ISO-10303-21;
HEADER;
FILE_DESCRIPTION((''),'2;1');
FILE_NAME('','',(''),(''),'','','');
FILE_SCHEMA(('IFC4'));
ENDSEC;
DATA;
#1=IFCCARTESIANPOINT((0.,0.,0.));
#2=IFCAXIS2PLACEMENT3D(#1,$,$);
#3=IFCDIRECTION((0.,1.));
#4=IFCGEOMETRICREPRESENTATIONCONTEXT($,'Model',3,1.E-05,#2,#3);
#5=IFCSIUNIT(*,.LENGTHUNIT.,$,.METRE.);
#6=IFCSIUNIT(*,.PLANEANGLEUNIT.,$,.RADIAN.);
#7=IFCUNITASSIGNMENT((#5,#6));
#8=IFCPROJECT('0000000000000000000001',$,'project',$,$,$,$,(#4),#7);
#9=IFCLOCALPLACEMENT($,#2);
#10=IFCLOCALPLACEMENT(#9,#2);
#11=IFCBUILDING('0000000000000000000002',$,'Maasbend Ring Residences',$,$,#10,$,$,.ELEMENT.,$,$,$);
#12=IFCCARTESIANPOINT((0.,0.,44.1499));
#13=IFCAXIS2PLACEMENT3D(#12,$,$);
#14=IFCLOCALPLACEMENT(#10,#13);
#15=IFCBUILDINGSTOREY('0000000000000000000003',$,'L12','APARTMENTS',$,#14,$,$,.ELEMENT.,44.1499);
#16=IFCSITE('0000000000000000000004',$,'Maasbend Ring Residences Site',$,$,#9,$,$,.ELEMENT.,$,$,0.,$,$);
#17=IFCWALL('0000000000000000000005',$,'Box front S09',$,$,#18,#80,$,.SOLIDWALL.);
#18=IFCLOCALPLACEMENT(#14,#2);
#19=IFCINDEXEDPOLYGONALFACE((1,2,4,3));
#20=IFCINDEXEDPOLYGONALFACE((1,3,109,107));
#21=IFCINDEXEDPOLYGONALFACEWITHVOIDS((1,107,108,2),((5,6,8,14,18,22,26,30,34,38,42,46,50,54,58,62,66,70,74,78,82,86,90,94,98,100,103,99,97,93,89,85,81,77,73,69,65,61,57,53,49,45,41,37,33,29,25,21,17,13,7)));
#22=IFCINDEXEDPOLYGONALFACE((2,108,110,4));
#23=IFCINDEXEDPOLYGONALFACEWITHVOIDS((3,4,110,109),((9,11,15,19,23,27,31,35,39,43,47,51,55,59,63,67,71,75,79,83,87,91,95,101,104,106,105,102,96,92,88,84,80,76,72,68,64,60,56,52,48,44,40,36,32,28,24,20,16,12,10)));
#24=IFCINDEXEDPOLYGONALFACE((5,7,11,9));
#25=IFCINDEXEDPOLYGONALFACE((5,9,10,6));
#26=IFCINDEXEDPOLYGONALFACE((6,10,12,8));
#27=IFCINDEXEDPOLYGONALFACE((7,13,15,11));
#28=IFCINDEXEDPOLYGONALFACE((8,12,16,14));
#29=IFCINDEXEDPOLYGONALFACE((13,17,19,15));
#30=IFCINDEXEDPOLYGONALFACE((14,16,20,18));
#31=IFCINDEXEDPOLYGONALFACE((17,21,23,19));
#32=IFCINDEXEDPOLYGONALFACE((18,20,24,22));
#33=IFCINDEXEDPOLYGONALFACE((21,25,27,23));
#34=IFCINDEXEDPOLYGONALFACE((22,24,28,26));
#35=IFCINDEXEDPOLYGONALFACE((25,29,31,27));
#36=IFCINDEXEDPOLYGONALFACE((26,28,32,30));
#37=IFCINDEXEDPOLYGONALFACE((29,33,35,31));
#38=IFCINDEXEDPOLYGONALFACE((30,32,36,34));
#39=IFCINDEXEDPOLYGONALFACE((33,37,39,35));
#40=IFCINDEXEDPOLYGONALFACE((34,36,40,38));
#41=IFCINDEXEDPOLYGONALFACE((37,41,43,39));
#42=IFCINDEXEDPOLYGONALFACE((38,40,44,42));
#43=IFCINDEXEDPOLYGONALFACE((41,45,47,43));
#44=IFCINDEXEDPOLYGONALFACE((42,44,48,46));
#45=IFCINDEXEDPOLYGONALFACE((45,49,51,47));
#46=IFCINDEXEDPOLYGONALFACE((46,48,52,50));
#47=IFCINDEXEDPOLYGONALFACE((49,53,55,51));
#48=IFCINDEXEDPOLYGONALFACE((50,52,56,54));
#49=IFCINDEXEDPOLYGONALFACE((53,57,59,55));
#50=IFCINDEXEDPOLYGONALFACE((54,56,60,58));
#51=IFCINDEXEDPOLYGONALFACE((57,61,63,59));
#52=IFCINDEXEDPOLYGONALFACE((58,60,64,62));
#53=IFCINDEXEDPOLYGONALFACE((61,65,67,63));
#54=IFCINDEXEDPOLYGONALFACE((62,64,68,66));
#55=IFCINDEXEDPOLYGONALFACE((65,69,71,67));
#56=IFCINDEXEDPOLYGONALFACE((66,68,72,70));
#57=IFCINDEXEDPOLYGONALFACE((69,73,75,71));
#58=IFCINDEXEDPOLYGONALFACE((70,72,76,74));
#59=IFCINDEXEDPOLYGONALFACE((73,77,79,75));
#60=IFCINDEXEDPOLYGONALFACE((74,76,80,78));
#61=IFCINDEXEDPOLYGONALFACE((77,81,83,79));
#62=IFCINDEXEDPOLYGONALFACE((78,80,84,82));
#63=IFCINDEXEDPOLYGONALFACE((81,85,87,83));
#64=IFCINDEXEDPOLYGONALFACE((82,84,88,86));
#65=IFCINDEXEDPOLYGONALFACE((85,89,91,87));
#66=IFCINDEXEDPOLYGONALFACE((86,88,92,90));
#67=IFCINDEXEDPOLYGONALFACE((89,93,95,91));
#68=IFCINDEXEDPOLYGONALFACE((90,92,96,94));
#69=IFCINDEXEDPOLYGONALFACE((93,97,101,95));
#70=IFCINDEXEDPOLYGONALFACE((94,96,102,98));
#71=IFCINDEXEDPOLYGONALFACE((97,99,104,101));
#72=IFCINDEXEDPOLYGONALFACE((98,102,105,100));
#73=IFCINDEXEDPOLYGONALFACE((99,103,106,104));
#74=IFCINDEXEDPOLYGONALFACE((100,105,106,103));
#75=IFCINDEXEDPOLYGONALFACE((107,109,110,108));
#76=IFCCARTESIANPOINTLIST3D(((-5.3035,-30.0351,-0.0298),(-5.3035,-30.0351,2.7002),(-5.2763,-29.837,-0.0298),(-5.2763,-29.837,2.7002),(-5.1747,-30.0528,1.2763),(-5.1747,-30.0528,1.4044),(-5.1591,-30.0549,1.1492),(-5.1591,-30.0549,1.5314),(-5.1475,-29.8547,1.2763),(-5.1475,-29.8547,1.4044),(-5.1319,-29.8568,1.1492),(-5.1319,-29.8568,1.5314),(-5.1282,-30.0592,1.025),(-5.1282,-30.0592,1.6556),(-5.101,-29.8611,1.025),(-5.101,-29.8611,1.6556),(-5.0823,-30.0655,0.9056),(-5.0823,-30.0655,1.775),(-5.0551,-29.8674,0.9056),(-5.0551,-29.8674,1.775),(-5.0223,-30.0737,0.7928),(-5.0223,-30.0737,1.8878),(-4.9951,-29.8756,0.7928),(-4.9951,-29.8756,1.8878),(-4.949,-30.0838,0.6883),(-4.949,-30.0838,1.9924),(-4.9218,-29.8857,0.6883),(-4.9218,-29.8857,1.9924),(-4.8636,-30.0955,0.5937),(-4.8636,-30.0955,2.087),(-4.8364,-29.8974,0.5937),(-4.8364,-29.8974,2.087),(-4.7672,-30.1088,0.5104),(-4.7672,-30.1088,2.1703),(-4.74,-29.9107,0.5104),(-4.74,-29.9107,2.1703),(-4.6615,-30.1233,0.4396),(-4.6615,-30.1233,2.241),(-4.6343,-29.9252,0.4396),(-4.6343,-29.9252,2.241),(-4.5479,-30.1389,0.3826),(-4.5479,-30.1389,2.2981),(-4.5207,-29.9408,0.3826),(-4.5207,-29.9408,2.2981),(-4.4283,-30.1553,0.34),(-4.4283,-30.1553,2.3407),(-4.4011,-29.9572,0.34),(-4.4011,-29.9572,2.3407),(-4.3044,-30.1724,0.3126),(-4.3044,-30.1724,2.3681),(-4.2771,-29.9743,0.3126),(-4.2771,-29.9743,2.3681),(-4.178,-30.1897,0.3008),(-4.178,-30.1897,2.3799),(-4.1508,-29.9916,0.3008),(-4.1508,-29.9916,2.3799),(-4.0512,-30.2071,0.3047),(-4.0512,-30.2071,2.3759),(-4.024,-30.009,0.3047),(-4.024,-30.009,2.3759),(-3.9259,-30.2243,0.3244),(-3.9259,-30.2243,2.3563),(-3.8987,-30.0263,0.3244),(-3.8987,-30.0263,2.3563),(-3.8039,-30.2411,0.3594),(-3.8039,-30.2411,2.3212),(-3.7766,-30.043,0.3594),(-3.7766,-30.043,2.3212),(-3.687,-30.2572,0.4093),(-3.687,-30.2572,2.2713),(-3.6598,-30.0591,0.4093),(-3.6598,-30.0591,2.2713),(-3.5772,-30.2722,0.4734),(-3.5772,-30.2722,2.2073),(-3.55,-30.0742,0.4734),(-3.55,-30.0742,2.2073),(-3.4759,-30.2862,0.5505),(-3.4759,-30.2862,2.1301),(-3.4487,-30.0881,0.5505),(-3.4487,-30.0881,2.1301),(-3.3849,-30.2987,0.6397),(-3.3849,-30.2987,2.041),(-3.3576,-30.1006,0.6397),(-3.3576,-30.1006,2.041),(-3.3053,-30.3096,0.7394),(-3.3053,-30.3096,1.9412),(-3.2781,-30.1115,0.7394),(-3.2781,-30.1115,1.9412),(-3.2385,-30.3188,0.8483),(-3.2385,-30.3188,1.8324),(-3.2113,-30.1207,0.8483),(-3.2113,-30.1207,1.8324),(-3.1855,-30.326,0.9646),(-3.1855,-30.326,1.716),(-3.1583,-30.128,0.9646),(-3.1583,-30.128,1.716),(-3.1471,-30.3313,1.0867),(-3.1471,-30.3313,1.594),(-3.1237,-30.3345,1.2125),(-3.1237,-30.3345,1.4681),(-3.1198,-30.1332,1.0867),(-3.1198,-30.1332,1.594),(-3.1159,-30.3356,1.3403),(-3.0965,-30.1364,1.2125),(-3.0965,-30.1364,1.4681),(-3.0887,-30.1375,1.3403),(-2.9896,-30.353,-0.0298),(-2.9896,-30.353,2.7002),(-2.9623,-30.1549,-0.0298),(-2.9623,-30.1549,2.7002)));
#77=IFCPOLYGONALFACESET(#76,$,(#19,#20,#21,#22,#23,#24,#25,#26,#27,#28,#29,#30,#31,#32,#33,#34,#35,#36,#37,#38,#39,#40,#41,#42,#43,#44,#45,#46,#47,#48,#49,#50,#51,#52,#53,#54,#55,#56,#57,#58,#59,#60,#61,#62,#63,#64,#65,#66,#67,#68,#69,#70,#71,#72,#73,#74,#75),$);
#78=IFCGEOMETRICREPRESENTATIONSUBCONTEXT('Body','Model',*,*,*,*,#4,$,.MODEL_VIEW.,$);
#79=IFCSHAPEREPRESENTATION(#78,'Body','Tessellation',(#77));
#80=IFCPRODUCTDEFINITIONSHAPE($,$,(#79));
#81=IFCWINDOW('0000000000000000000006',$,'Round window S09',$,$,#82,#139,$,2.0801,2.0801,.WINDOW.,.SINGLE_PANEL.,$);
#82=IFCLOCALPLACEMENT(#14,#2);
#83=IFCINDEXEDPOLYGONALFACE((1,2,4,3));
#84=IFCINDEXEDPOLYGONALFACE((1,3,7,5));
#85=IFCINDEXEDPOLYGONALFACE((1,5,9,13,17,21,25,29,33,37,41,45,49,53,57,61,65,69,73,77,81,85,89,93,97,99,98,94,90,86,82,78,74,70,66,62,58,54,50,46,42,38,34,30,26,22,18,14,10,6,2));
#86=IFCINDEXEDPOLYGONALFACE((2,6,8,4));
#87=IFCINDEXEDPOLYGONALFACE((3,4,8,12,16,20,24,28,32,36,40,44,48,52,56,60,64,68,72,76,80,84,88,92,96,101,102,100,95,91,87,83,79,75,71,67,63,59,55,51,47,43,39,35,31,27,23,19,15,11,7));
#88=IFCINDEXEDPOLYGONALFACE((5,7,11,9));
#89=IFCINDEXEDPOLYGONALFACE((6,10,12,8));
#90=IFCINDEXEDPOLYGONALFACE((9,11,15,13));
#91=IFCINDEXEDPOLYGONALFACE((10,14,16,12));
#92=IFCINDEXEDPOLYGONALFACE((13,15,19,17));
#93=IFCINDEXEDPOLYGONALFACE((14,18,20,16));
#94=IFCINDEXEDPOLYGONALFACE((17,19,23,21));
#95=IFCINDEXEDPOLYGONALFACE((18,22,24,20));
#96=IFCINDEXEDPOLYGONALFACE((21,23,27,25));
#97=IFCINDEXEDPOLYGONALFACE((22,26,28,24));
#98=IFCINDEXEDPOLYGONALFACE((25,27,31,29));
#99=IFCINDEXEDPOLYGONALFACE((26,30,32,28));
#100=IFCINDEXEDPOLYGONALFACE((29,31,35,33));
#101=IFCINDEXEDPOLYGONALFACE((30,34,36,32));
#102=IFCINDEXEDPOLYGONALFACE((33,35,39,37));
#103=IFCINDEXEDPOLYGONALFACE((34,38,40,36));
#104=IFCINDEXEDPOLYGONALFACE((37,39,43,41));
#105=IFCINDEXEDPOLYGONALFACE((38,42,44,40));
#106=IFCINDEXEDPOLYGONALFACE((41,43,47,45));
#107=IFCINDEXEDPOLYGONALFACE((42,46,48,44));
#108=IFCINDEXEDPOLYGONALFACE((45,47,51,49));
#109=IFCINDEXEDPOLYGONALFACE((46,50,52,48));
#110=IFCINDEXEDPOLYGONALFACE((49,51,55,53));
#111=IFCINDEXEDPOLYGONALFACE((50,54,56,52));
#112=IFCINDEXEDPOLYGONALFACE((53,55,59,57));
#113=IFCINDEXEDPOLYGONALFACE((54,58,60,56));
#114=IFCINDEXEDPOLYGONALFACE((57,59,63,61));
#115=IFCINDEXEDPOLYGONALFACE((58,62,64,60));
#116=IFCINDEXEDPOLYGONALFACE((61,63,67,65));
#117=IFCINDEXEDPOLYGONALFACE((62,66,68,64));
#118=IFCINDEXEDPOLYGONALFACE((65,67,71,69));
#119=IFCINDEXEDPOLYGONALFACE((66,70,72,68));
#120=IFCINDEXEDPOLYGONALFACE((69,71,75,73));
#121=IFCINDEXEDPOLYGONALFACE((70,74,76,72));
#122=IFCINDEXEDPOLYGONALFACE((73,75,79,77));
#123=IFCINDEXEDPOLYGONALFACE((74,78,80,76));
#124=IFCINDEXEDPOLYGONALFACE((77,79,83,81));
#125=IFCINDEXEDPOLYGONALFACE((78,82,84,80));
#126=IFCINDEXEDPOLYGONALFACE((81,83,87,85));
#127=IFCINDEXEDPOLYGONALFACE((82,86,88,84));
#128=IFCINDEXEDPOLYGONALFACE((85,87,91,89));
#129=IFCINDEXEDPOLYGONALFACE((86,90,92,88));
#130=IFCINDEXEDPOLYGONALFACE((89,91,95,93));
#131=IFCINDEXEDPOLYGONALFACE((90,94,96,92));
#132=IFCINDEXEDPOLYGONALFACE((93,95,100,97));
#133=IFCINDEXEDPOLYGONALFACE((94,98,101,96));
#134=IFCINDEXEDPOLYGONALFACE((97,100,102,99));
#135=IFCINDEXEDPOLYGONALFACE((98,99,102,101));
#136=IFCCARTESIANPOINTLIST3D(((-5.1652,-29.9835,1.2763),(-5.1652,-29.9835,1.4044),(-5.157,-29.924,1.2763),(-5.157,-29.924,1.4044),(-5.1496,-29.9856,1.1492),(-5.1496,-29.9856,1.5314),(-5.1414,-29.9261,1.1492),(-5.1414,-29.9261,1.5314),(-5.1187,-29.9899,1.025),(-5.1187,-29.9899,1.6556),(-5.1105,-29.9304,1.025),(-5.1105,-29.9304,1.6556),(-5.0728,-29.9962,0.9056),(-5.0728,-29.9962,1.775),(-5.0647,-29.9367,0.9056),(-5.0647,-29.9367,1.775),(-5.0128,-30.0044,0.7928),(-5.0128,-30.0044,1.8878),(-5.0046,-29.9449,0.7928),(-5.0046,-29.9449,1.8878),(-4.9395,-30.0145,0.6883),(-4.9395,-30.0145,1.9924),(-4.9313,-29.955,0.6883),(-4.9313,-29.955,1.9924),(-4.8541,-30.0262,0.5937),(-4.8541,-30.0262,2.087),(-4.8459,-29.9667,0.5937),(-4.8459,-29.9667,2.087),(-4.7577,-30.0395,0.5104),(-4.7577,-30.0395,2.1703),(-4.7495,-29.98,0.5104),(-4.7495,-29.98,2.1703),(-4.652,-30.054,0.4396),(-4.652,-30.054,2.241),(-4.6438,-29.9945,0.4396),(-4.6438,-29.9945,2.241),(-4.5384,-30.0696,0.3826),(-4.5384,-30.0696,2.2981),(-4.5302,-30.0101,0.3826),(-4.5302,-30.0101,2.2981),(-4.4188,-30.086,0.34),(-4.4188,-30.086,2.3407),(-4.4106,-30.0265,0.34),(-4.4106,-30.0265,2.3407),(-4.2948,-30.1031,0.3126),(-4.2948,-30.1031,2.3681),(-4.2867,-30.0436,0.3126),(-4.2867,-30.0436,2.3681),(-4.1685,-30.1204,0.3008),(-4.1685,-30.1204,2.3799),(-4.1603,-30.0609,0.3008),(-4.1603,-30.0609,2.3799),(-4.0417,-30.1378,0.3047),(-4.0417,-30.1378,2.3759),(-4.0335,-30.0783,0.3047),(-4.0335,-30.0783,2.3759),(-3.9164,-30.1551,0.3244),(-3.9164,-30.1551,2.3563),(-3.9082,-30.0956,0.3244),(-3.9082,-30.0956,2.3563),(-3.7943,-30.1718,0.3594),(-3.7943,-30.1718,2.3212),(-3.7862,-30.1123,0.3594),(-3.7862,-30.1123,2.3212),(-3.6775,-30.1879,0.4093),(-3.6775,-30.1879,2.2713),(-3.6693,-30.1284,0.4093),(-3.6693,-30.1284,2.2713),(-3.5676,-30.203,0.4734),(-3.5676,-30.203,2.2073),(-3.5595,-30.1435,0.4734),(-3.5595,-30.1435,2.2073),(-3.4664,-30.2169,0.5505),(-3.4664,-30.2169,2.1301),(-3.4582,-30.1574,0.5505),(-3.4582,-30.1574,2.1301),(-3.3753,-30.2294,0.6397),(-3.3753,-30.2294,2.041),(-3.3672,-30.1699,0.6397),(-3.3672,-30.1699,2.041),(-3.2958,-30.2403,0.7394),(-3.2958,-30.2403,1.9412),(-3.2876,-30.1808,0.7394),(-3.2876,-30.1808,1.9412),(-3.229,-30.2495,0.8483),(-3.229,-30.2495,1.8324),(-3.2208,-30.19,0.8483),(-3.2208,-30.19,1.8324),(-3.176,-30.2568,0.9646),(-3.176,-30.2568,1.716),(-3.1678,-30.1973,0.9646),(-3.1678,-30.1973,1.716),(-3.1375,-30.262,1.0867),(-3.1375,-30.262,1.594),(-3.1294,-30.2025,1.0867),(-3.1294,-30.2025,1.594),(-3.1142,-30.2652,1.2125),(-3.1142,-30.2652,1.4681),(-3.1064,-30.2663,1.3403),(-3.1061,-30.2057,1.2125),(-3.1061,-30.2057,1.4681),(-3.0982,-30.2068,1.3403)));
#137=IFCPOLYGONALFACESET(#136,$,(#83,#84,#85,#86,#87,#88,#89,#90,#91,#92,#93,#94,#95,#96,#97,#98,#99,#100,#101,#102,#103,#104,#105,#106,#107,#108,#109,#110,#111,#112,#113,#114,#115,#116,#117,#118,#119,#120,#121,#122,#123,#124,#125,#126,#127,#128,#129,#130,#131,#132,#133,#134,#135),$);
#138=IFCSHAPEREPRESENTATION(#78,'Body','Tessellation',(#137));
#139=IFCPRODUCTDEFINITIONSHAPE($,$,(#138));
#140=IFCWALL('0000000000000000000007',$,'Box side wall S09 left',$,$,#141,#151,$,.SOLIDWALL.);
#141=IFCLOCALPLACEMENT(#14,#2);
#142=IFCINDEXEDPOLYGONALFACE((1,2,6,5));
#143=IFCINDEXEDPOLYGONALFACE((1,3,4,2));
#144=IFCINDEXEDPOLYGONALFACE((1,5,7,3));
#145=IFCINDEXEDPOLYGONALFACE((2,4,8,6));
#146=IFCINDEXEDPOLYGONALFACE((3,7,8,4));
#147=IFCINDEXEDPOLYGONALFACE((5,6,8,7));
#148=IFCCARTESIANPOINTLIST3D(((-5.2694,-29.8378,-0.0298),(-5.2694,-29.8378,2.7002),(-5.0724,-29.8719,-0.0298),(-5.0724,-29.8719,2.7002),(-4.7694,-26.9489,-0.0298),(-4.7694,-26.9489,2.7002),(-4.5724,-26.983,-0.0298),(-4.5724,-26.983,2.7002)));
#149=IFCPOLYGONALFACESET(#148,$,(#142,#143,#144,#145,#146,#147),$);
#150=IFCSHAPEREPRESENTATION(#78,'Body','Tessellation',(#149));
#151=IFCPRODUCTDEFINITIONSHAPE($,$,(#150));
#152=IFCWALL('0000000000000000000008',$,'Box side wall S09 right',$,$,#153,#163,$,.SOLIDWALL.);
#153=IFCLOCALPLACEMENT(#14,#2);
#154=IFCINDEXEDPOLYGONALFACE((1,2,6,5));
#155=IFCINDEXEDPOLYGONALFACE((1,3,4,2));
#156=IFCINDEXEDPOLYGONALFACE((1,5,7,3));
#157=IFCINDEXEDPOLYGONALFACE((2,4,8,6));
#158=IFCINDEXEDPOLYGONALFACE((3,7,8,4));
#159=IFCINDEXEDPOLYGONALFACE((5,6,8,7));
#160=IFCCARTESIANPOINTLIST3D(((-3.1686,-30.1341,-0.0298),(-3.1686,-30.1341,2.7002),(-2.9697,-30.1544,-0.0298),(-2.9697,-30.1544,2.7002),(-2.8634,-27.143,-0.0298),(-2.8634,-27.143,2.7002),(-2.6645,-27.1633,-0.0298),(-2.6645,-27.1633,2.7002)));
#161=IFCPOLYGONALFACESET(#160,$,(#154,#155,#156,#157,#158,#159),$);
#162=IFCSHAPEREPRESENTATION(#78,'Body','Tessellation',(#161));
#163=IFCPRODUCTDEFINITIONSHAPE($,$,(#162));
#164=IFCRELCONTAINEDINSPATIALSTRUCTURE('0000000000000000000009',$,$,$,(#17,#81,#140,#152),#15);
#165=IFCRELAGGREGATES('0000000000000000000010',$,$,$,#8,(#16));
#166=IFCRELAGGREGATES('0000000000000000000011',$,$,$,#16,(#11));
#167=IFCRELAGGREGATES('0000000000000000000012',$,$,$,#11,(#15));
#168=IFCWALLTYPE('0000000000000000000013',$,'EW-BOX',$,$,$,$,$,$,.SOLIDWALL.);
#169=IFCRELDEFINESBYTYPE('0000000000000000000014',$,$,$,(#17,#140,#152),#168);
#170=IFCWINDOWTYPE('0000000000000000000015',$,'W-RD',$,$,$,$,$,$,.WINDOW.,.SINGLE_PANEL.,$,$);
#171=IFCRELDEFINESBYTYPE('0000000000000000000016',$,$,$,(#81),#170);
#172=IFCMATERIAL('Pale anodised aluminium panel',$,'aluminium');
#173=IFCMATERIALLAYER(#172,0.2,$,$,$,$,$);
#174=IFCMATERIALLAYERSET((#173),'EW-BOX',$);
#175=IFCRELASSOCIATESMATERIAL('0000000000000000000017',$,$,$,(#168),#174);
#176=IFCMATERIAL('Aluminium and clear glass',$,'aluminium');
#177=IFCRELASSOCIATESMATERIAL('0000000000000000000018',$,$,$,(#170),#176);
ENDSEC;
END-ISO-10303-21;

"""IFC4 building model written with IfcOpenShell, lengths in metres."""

from ifc_helpers import new_model, si_unit, direction, frame, frame_2d, origin, place, context, subcontext, project, spatial, rectangle, circle, extrude, material, layer, layer_set, type_object, element, fill, save


model = new_model("IFC4")

# Units and contexts
model_context = context("Model", 3, precision=1e-05, world=origin(), true_north=direction((0.0, 1.0)))
body_context = subcontext(model_context, "Body", "Model", "MODEL_VIEW")
ifc_project = project(units=[si_unit("LENGTHUNIT", "METRE"), si_unit("PLANEANGLEUNIT", "RADIAN")], contexts=[model_context])

# Site, building, storey
site_placement = place(None, origin())
site = spatial("IfcSite", under=ifc_project, at=site_placement, Name="Maasbend Ring Residences Site", CompositionType="ELEMENT", RefElevation=0.0)
building_placement = place(site_placement, origin())
building = spatial("IfcBuilding", under=site, at=building_placement, Name="Maasbend Ring Residences", CompositionType="ELEMENT")
storey_placement = place(building_placement, frame((0.0, 0.0, 44.1499)))
storey = spatial("IfcBuildingStorey", under=building, at=storey_placement, Name="L12", Description="APARTMENTS", CompositionType="ELEMENT", Elevation=44.1499)

# Shared definitions
ifc_material_1 = material(Name="Pale anodised aluminium panel", Category="aluminium")
ifc_layer_1 = layer(ifc_material_1, 0.2)
ifc_layer_set_1 = layer_set([ifc_layer_1], Name="EW-BOX")
wall_type_1 = type_object("IfcWallType", Name="EW-BOX", PredefinedType="SOLIDWALL", material=ifc_layer_set_1)

# Wall, opening, window
wall_1_placement = place(storey_placement, frame((-5.29, -29.936, -0.0298), z_axis=(0.0, 0.0, 1.0), x_axis=(0.990696, -0.136093, 0.0)))
wall_1 = element("IfcWall", 1, at=wall_1_placement, inside=storey, type_object=wall_type_1, Name="Box front S09", PredefinedType="SOLIDWALL", context=body_context, shape_type="SweptSolid", body=[
    extrude(rectangle(XDim=2.3357, YDim=0.2, at=frame_2d((1.168, 0.0))), origin(), (0.0, 0.0, 1.0), 2.73),
])
opening_1_placement = place(wall_1_placement, frame((0.1282, 0.0, 0.3301)))
opening_1 = element("IfcOpeningElement", 2, at=opening_1_placement, cuts=wall_1, PredefinedType="OPENING", context=body_context, shape_type="SweptSolid", body=[
    extrude(circle(Radius=1.04, at=frame_2d((1.04, 1.04))), frame((0.0, 0.1099, 0.0), z_axis=(0.0, -1.0, 0.0), x_axis=(1.0, 0.0, 0.0)), (0.0, 0.0, 1.0), 0.22),
])
ifc_material_2 = material(Name="Aluminium and clear glass", Category="aluminium")
window_type_1 = type_object("IfcWindowType", Name="W-RD", PartitioningType="SINGLE_PANEL", PredefinedType="WINDOW", material=ifc_material_2)
window_1_placement = place(opening_1_placement, origin())
window_1 = element("IfcWindow", 3, at=window_1_placement, inside=storey, type_object=window_type_1, Name="Round window S09", OverallHeight=2.0801, OverallWidth=2.0801, PartitioningType="SINGLE_PANEL", PredefinedType="WINDOW", context=body_context, shape_type="SweptSolid", body=[
    extrude(circle(Radius=1.04, at=frame_2d((1.04, 1.04))), frame((0.0, 0.03, 0.0), z_axis=(0.0, -1.0, 0.0), x_axis=(1.0, 0.0, 0.0)), (0.0, 0.0, 1.0), 0.0601),
])
fill(opening_1, window_1)

# Walls
wall_2_placement = place(storey_placement, frame((-4.6709, -26.9661, -0.0298), z_axis=(0.0, 0.0, 1.0), x_axis=(-0.17054, -0.985351, 0.0)))
element("IfcWall", 4, at=wall_2_placement, inside=storey, type_object=wall_type_1, Name="Box side wall S09 left", PredefinedType="SOLIDWALL", context=body_context, shape_type="SweptSolid", body=[
    extrude(rectangle(XDim=2.9319, YDim=0.2, at=frame_2d((1.4658, 0.0))), origin(), (0.0, 0.0, 1.0), 2.73),
])
wall_3_placement = place(storey_placement, frame((-2.7639, -27.1531, -0.0298), z_axis=(0.0, 0.0, 1.0), x_axis=(-0.101505, -0.994835, 0.0)))
element("IfcWall", 5, at=wall_3_placement, inside=storey, type_object=wall_type_1, Name="Box side wall S09 right", PredefinedType="SOLIDWALL", context=body_context, shape_type="SweptSolid", body=[
    extrude(rectangle(XDim=3.0066, YDim=0.2, at=frame_2d((1.5034, 0.0))), origin(), (0.0, 0.0, 1.0), 2.73),
])

save(model, "model.ifc")
